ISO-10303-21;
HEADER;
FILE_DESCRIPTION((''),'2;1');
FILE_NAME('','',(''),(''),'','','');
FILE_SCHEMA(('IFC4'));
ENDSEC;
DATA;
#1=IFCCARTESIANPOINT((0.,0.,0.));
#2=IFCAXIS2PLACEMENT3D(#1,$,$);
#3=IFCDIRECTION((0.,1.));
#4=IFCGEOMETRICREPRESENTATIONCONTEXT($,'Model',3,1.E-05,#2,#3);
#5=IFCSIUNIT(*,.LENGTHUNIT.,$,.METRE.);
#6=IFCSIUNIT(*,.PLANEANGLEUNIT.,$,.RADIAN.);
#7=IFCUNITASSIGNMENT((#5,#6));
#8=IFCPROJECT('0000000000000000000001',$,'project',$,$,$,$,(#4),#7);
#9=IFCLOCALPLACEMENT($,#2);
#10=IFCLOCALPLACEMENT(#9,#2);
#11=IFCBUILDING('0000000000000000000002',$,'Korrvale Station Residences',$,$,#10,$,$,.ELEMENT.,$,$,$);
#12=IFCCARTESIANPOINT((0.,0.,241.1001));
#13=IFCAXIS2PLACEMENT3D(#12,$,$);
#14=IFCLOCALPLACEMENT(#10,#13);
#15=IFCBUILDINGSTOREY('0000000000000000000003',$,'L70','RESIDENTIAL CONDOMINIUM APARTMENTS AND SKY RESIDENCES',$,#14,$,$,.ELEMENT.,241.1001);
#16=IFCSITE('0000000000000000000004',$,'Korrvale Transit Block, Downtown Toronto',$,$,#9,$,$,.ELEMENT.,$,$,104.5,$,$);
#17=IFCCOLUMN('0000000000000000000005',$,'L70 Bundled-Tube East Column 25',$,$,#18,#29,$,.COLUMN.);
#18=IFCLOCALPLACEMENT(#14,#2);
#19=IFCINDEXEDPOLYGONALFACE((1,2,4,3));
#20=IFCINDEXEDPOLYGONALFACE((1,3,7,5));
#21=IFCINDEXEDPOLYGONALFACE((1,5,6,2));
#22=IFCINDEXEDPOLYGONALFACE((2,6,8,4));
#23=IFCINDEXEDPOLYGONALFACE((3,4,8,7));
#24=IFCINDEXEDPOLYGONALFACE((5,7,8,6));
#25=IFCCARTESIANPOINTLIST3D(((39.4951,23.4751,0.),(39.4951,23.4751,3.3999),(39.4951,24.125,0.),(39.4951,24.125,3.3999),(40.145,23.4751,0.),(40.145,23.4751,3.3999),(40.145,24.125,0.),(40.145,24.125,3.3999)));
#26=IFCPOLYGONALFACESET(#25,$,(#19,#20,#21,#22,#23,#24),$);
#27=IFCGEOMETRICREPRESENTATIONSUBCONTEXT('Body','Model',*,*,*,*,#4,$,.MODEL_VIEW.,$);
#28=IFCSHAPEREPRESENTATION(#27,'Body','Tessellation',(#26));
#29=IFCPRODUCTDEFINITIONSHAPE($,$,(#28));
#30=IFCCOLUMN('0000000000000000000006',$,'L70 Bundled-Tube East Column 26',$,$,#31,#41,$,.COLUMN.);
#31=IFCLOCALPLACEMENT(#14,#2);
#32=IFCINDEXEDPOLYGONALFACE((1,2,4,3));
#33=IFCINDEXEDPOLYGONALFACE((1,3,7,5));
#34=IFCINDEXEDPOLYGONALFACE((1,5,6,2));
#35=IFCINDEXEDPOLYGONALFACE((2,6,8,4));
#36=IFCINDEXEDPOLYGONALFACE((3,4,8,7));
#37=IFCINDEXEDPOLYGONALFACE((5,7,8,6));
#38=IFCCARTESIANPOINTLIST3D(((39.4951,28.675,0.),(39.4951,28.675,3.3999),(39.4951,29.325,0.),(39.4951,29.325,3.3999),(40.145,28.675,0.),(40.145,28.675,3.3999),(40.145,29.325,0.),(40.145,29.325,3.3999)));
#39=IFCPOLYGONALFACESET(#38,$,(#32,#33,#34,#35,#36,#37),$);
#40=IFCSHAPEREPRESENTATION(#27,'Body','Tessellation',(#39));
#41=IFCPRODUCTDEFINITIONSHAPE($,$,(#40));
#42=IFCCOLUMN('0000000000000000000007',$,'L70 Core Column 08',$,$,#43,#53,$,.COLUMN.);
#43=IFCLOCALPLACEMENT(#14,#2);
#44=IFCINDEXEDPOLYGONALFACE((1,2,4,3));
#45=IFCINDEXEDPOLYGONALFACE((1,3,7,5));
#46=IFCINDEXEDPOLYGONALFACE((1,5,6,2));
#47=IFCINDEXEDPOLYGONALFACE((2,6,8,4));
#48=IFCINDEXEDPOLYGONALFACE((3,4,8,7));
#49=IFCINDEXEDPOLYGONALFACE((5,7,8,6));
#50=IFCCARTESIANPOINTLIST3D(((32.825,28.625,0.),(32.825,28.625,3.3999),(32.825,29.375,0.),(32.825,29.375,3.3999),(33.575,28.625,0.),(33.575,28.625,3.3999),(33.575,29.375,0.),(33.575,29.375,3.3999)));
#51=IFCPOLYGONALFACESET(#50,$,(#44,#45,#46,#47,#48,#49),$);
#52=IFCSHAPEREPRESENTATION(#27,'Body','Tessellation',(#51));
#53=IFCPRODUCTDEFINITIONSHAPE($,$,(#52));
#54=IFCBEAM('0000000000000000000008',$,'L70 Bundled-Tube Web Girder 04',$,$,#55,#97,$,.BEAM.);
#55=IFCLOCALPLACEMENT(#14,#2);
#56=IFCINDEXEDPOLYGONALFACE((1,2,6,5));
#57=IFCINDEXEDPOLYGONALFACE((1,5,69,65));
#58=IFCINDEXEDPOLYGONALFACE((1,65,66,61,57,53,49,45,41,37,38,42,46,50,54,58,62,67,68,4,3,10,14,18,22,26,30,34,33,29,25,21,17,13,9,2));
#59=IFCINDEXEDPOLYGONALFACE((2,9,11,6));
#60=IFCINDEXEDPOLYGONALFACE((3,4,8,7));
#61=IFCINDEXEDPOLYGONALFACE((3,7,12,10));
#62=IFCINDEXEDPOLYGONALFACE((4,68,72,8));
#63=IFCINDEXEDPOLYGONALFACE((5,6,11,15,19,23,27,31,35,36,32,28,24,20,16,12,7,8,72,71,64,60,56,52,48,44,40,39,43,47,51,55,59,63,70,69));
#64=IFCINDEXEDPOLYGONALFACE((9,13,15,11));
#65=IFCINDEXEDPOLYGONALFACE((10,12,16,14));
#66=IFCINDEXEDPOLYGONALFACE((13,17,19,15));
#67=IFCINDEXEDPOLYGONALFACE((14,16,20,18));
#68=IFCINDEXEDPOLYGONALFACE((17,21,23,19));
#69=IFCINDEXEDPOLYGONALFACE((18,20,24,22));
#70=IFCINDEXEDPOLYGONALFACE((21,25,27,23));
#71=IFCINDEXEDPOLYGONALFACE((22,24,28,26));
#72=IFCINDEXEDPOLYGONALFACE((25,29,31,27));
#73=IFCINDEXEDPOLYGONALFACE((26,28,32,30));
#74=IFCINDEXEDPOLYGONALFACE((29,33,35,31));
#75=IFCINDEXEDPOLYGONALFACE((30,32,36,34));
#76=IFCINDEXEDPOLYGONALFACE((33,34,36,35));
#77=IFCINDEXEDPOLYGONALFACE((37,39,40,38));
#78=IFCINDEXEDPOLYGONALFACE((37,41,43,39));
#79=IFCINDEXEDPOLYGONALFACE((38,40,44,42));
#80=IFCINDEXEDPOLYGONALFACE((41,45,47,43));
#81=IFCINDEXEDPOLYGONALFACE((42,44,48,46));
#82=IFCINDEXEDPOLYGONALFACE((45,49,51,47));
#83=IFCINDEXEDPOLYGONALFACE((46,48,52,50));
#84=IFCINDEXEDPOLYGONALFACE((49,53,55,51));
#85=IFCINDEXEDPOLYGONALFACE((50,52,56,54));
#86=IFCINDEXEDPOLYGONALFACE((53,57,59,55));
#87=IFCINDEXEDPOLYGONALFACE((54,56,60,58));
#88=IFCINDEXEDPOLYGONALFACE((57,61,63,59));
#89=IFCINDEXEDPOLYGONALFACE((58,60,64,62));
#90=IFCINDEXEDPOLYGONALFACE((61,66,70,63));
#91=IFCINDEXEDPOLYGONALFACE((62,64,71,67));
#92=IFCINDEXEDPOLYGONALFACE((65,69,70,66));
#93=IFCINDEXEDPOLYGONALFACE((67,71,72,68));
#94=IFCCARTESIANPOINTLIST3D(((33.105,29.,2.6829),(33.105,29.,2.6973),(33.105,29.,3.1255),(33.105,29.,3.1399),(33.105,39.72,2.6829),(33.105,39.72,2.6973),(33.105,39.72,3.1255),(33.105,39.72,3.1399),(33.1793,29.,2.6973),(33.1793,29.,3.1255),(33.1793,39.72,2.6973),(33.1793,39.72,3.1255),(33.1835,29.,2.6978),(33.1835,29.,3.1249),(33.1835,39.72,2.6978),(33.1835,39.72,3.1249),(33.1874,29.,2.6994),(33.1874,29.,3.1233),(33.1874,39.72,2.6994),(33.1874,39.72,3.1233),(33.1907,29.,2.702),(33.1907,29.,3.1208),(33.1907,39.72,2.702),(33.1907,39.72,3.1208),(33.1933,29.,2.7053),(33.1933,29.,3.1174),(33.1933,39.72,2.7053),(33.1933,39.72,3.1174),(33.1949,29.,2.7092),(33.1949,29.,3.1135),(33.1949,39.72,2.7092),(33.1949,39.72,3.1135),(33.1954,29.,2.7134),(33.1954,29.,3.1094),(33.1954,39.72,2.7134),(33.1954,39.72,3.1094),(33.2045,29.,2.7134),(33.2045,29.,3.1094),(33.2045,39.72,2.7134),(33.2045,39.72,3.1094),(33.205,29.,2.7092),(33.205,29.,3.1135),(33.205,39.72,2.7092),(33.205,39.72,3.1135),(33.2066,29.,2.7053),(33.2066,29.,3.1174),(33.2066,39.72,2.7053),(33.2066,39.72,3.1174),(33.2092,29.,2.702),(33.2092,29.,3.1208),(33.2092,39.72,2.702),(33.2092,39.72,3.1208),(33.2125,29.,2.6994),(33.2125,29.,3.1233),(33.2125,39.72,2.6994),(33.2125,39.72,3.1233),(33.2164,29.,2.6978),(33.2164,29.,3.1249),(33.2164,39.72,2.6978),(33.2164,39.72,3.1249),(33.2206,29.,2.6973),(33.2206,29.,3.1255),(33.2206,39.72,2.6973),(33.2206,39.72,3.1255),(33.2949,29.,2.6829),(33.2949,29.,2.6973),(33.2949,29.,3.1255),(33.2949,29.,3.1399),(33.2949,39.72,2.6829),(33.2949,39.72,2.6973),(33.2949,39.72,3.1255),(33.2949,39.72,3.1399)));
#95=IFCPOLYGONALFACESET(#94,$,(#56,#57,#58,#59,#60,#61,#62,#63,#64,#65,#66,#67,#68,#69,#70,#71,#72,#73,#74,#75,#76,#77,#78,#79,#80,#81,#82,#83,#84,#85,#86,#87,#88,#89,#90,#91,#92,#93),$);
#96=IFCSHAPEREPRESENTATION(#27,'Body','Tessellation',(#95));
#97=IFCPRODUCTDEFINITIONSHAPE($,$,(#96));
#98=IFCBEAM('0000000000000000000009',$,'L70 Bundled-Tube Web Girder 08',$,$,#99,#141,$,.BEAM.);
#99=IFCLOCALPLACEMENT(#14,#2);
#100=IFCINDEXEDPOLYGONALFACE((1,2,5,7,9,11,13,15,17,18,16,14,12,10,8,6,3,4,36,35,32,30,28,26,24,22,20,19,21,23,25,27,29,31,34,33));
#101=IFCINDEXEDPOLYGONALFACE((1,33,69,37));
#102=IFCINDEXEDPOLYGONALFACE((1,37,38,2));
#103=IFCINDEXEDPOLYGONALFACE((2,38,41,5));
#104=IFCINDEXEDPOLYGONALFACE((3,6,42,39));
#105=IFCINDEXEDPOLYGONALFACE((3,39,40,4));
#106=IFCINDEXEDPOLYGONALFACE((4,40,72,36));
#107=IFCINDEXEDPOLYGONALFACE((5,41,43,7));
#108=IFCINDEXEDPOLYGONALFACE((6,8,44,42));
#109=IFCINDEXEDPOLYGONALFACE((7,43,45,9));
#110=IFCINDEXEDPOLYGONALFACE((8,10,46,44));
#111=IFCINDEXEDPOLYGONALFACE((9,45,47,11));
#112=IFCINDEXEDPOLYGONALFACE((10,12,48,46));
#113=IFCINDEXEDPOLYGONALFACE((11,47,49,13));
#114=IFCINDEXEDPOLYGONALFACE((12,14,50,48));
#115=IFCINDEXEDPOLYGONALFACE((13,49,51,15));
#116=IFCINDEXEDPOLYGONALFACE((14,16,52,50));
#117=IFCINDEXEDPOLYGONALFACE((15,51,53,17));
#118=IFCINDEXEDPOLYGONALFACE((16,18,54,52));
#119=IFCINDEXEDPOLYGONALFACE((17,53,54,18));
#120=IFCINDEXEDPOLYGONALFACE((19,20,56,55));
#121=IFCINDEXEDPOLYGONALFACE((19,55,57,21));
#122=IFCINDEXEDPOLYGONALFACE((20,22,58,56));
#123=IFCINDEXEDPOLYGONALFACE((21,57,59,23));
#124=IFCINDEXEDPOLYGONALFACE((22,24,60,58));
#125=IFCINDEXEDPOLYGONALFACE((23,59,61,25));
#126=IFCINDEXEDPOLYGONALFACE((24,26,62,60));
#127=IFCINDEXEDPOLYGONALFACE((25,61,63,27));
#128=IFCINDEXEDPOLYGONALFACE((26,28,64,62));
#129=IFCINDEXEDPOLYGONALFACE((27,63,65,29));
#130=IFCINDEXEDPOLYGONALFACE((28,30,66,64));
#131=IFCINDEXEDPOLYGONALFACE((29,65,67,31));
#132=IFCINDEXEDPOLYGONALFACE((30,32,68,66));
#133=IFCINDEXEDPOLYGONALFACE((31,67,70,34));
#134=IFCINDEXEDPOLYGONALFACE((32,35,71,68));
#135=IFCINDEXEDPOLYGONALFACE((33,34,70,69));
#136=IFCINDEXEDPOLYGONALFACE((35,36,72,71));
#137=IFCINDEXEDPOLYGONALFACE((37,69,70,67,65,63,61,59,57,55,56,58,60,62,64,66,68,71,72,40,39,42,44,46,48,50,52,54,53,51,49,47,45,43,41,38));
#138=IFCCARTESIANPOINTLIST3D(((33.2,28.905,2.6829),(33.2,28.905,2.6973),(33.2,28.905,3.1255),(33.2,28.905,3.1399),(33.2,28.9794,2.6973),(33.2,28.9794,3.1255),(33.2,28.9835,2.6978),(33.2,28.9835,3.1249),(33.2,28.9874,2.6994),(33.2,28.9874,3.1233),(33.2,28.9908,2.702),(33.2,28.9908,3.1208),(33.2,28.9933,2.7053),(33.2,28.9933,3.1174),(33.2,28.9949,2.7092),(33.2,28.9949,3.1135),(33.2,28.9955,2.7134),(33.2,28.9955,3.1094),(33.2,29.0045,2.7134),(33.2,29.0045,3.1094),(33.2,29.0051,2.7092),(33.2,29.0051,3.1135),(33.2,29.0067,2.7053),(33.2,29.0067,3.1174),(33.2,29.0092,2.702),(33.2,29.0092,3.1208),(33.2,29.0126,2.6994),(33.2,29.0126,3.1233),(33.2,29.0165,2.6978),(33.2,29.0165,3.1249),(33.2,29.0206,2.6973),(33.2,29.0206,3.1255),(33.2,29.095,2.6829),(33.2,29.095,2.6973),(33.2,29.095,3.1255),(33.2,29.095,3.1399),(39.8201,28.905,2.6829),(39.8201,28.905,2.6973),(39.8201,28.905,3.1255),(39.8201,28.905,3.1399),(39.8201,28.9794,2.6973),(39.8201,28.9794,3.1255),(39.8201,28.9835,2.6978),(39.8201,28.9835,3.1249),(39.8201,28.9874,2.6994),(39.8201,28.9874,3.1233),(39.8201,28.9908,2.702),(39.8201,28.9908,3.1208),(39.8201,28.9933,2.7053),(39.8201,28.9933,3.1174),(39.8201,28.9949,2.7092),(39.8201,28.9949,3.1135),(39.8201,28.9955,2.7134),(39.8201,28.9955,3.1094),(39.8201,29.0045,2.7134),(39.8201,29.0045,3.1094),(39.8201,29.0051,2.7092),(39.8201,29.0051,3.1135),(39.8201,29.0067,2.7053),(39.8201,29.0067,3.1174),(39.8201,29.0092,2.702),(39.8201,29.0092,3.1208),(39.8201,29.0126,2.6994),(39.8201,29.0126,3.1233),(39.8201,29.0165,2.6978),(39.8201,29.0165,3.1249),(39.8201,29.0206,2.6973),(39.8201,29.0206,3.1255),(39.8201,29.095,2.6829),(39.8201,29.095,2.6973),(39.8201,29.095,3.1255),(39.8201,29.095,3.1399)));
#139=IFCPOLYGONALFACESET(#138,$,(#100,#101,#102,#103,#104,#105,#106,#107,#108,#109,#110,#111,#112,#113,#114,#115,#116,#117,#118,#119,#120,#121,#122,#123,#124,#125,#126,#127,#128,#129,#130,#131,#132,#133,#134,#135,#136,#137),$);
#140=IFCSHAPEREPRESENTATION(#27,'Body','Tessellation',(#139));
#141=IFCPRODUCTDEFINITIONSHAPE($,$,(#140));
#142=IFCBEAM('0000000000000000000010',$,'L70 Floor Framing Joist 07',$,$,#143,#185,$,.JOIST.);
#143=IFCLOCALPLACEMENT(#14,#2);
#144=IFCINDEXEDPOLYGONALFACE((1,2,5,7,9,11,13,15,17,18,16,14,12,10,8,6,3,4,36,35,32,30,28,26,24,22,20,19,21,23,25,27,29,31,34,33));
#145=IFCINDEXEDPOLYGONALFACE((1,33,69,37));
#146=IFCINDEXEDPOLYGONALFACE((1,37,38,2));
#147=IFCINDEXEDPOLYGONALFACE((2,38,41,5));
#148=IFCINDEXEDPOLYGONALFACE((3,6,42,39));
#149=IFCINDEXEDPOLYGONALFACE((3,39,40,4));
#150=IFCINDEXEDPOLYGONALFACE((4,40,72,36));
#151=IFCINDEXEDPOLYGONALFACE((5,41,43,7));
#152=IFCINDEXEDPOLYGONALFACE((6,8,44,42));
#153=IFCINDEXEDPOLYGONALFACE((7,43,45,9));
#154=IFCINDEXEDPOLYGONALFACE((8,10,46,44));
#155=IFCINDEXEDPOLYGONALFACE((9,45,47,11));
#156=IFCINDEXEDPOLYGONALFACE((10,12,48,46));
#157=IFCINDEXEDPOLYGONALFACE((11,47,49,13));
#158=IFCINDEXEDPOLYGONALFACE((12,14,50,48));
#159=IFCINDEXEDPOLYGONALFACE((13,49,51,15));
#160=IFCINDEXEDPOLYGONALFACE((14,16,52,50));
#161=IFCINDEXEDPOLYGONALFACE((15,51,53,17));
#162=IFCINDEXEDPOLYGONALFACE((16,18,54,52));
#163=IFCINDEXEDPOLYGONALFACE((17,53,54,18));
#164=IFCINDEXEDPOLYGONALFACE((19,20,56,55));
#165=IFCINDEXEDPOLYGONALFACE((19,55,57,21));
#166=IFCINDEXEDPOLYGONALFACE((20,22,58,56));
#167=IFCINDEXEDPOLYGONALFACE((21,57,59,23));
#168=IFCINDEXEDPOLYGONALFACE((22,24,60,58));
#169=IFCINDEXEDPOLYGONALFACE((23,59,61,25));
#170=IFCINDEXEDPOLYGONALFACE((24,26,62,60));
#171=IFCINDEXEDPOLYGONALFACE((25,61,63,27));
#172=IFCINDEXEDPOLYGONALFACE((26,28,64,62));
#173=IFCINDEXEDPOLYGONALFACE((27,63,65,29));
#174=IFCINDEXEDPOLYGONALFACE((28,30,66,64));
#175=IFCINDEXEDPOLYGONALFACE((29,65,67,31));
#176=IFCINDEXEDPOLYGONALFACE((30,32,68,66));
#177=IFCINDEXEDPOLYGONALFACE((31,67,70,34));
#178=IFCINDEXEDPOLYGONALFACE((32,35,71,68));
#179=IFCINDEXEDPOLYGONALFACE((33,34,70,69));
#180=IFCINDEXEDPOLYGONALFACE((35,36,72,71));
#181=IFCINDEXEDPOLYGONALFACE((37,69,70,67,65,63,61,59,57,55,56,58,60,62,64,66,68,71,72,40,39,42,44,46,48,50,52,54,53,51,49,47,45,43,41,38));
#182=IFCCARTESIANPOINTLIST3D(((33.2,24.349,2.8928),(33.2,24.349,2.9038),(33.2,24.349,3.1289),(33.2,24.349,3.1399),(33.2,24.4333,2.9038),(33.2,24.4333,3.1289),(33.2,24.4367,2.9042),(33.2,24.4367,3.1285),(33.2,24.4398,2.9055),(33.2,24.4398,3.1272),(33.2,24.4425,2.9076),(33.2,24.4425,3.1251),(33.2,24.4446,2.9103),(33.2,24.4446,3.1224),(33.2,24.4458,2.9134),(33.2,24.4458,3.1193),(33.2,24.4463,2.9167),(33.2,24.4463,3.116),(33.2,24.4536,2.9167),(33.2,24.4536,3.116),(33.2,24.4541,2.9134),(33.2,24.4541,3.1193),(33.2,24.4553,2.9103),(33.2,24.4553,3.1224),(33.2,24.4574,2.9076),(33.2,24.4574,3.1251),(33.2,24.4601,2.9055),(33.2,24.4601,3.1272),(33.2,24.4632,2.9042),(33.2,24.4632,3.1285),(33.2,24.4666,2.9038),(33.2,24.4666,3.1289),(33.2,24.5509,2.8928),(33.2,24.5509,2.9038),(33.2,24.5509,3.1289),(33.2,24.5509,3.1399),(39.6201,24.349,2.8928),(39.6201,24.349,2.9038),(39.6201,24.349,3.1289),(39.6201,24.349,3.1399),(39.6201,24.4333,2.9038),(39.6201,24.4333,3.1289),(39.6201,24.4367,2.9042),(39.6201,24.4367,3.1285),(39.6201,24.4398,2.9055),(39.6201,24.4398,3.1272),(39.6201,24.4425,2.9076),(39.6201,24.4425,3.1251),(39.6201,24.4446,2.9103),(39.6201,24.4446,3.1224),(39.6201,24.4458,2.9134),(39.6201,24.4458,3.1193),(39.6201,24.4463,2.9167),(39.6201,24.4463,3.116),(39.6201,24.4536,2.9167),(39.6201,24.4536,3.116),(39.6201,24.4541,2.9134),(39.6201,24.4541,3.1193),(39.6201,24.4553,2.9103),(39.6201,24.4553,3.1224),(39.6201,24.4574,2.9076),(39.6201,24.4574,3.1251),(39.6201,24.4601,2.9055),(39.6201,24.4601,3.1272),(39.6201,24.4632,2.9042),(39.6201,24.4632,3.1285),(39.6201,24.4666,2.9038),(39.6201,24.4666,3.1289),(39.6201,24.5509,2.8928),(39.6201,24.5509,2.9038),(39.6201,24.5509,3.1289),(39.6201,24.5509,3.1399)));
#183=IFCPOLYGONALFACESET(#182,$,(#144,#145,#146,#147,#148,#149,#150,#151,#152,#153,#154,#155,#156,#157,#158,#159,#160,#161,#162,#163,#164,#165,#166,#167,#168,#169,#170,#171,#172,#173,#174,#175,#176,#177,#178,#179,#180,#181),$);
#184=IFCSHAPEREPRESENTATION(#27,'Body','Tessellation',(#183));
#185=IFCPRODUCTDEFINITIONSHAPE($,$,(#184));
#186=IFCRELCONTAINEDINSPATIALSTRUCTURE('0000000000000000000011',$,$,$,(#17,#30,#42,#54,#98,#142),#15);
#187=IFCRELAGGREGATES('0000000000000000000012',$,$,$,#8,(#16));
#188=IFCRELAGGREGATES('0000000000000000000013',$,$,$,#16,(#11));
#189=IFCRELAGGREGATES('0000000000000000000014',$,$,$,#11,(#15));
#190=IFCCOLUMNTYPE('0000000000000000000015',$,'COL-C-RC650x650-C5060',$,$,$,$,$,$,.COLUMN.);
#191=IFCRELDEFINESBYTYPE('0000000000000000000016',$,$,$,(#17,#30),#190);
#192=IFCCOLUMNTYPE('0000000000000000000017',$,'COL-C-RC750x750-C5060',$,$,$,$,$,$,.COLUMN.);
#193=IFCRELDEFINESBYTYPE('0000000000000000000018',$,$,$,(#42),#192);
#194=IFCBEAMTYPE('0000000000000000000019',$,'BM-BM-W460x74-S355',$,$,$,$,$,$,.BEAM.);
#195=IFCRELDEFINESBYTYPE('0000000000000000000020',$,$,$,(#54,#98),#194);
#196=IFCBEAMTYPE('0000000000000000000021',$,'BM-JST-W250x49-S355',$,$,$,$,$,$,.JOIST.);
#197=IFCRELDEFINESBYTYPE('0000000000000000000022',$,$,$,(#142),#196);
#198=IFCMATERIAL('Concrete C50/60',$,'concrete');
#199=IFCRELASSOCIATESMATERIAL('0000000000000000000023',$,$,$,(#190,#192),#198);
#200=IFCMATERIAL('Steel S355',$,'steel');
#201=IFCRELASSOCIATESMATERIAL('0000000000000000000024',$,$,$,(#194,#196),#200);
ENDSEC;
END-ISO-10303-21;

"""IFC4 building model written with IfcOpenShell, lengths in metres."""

from ifc_helpers import new_model, si_unit, direction, frame, origin, origin_2d, place, context, subcontext, project, spatial, rectangle, i_section, extrude, material, material_profile, profile_set, type_object, element, save


model = new_model("IFC4")

# Units and contexts
model_context = context("Model", 3, precision=1e-05, world=origin(), true_north=direction((0.0, 1.0)))
body_context = subcontext(model_context, "Body", "Model", "MODEL_VIEW")
ifc_project = project(units=[si_unit("LENGTHUNIT", "METRE"), si_unit("PLANEANGLEUNIT", "RADIAN")], contexts=[model_context])

# Site, building, storey
site_placement = place(None, origin())
site = spatial("IfcSite", under=ifc_project, at=site_placement, Name="Korrvale Transit Block, Downtown Toronto", CompositionType="ELEMENT", RefElevation=104.5)
building_placement = place(site_placement, origin())
building = spatial("IfcBuilding", under=site, at=building_placement, Name="Korrvale Station Residences", CompositionType="ELEMENT")
storey_placement = place(building_placement, frame((0.0, 0.0, 241.1001)))
storey = spatial("IfcBuildingStorey", under=building, at=storey_placement, Name="L70", Description="RESIDENTIAL CONDOMINIUM APARTMENTS AND SKY RESIDENCES", CompositionType="ELEMENT", Elevation=241.1001)

# Columns
ifc_material_1 = material(Name="Concrete C50/60", Category="concrete")
ifc_material_profile_1 = material_profile(ifc_material_1, rectangle(XDim=0.6499, YDim=0.6499, at=origin_2d()), Name="RC650x650")
ifc_profile_set_1 = profile_set([ifc_material_profile_1], Name="Concrete C50/60")
column_type_1 = type_object("IfcColumnType", Name="COL-C-RC650x650-C5060", PredefinedType="COLUMN", material=ifc_profile_set_1)
for number, where, z_axis, x_axis, name in (
    (1, (39.8201, 23.8, 0.0), (0.0, 0.0, 1.0), (1.0, 0.0, 0.0), "L70 Bundled-Tube East Column 25"),
    (2, (39.8201, 29.0, 0.0), (0.0, 0.0, 1.0), (1.0, 0.0, 0.0), "L70 Bundled-Tube East Column 26"),
):
    element("IfcColumn", number, at=place(storey_placement, frame(where, z_axis=z_axis, x_axis=x_axis)), inside=storey, type_object=column_type_1, Name=name, PredefinedType="COLUMN", context=body_context, shape_type="SweptSolid", body=[
        extrude(rectangle(XDim=0.6499, YDim=0.6499, at=origin_2d()), origin(), (0.0, 0.0, 1.0), 3.3999),
    ])
ifc_material_profile_2 = material_profile(ifc_material_1, rectangle(XDim=0.75, YDim=0.75, at=origin_2d()), Name="RC750x750")
ifc_profile_set_2 = profile_set([ifc_material_profile_2], Name="Concrete C50/60")
column_type_2 = type_object("IfcColumnType", Name="COL-C-RC750x750-C5060", PredefinedType="COLUMN", material=ifc_profile_set_2)
column_placement = place(storey_placement, frame((33.2, 29.0, 0.0), z_axis=(0.0, 0.0, 1.0), x_axis=(1.0, 0.0, 0.0)))
element("IfcColumn", 3, at=column_placement, inside=storey, type_object=column_type_2, Name="L70 Core Column 08", PredefinedType="COLUMN", context=body_context, shape_type="SweptSolid", body=[
    extrude(rectangle(XDim=0.75, YDim=0.75, at=origin_2d()), origin(), (0.0, 0.0, 1.0), 3.3999),
])

# Beams
ifc_material_2 = material(Name="Steel S355", Category="steel")
ifc_material_profile_3 = material_profile(ifc_material_2, i_section(OverallWidth=0.1899, OverallDepth=0.457, WebThickness=0.009, FlangeThickness=0.0144, FilletRadius=0.0161, at=origin_2d()), Name="W460x74")
ifc_profile_set_3 = profile_set([ifc_material_profile_3], Name="Steel S355")
beam_type_1 = type_object("IfcBeamType", Name="BM-BM-W460x74-S355", PredefinedType="BEAM", material=ifc_profile_set_3)
beam_1_placement = place(storey_placement, frame((33.2, 29.0, 2.9114), z_axis=(0.0, 1.0, 0.0), x_axis=(-1.0, 0.0, 0.0)))
element("IfcBeam", 4, at=beam_1_placement, inside=storey, type_object=beam_type_1, Name="L70 Bundled-Tube Web Girder 04", PredefinedType="BEAM", context=body_context, shape_type="SweptSolid", body=[
    extrude(i_section(OverallWidth=0.1899, OverallDepth=0.457, WebThickness=0.009, FlangeThickness=0.0144, FilletRadius=0.0161, at=origin_2d()), origin(), (0.0, 0.0, 1.0), 10.72),
])
beam_2_placement = place(storey_placement, frame((33.2, 29.0, 2.9114), z_axis=(1.0, 0.0, 0.0), x_axis=(0.0, 1.0, 0.0)))
element("IfcBeam", 5, at=beam_2_placement, inside=storey, type_object=beam_type_1, Name="L70 Bundled-Tube Web Girder 08", PredefinedType="BEAM", context=body_context, shape_type="SweptSolid", body=[
    extrude(i_section(OverallWidth=0.1899, OverallDepth=0.457, WebThickness=0.009, FlangeThickness=0.0144, FilletRadius=0.0161, at=origin_2d()), origin(), (0.0, 0.0, 1.0), 6.6201),
])
ifc_material_profile_4 = material_profile(ifc_material_2, i_section(OverallWidth=0.2019, OverallDepth=0.2471, WebThickness=0.0073, FlangeThickness=0.011, FilletRadius=0.0129, at=origin_2d()), Name="W250x49")
ifc_profile_set_4 = profile_set([ifc_material_profile_4], Name="Steel S355")
beam_type_2 = type_object("IfcBeamType", Name="BM-JST-W250x49-S355", PredefinedType="JOIST", material=ifc_profile_set_4)
beam_3_placement = place(storey_placement, frame((33.2, 24.45, 3.0164), z_axis=(1.0, 0.0, 0.0), x_axis=(0.0, 1.0, 0.0)))
element("IfcBeam", 6, at=beam_3_placement, inside=storey, type_object=beam_type_2, Name="L70 Floor Framing Joist 07", PredefinedType="JOIST", context=body_context, shape_type="SweptSolid", body=[
    extrude(i_section(OverallWidth=0.2019, OverallDepth=0.2471, WebThickness=0.0073, FlangeThickness=0.011, FilletRadius=0.0129, at=origin_2d()), origin(), (0.0, 0.0, 1.0), 6.4202),
])

save(model, "model.ifc")
